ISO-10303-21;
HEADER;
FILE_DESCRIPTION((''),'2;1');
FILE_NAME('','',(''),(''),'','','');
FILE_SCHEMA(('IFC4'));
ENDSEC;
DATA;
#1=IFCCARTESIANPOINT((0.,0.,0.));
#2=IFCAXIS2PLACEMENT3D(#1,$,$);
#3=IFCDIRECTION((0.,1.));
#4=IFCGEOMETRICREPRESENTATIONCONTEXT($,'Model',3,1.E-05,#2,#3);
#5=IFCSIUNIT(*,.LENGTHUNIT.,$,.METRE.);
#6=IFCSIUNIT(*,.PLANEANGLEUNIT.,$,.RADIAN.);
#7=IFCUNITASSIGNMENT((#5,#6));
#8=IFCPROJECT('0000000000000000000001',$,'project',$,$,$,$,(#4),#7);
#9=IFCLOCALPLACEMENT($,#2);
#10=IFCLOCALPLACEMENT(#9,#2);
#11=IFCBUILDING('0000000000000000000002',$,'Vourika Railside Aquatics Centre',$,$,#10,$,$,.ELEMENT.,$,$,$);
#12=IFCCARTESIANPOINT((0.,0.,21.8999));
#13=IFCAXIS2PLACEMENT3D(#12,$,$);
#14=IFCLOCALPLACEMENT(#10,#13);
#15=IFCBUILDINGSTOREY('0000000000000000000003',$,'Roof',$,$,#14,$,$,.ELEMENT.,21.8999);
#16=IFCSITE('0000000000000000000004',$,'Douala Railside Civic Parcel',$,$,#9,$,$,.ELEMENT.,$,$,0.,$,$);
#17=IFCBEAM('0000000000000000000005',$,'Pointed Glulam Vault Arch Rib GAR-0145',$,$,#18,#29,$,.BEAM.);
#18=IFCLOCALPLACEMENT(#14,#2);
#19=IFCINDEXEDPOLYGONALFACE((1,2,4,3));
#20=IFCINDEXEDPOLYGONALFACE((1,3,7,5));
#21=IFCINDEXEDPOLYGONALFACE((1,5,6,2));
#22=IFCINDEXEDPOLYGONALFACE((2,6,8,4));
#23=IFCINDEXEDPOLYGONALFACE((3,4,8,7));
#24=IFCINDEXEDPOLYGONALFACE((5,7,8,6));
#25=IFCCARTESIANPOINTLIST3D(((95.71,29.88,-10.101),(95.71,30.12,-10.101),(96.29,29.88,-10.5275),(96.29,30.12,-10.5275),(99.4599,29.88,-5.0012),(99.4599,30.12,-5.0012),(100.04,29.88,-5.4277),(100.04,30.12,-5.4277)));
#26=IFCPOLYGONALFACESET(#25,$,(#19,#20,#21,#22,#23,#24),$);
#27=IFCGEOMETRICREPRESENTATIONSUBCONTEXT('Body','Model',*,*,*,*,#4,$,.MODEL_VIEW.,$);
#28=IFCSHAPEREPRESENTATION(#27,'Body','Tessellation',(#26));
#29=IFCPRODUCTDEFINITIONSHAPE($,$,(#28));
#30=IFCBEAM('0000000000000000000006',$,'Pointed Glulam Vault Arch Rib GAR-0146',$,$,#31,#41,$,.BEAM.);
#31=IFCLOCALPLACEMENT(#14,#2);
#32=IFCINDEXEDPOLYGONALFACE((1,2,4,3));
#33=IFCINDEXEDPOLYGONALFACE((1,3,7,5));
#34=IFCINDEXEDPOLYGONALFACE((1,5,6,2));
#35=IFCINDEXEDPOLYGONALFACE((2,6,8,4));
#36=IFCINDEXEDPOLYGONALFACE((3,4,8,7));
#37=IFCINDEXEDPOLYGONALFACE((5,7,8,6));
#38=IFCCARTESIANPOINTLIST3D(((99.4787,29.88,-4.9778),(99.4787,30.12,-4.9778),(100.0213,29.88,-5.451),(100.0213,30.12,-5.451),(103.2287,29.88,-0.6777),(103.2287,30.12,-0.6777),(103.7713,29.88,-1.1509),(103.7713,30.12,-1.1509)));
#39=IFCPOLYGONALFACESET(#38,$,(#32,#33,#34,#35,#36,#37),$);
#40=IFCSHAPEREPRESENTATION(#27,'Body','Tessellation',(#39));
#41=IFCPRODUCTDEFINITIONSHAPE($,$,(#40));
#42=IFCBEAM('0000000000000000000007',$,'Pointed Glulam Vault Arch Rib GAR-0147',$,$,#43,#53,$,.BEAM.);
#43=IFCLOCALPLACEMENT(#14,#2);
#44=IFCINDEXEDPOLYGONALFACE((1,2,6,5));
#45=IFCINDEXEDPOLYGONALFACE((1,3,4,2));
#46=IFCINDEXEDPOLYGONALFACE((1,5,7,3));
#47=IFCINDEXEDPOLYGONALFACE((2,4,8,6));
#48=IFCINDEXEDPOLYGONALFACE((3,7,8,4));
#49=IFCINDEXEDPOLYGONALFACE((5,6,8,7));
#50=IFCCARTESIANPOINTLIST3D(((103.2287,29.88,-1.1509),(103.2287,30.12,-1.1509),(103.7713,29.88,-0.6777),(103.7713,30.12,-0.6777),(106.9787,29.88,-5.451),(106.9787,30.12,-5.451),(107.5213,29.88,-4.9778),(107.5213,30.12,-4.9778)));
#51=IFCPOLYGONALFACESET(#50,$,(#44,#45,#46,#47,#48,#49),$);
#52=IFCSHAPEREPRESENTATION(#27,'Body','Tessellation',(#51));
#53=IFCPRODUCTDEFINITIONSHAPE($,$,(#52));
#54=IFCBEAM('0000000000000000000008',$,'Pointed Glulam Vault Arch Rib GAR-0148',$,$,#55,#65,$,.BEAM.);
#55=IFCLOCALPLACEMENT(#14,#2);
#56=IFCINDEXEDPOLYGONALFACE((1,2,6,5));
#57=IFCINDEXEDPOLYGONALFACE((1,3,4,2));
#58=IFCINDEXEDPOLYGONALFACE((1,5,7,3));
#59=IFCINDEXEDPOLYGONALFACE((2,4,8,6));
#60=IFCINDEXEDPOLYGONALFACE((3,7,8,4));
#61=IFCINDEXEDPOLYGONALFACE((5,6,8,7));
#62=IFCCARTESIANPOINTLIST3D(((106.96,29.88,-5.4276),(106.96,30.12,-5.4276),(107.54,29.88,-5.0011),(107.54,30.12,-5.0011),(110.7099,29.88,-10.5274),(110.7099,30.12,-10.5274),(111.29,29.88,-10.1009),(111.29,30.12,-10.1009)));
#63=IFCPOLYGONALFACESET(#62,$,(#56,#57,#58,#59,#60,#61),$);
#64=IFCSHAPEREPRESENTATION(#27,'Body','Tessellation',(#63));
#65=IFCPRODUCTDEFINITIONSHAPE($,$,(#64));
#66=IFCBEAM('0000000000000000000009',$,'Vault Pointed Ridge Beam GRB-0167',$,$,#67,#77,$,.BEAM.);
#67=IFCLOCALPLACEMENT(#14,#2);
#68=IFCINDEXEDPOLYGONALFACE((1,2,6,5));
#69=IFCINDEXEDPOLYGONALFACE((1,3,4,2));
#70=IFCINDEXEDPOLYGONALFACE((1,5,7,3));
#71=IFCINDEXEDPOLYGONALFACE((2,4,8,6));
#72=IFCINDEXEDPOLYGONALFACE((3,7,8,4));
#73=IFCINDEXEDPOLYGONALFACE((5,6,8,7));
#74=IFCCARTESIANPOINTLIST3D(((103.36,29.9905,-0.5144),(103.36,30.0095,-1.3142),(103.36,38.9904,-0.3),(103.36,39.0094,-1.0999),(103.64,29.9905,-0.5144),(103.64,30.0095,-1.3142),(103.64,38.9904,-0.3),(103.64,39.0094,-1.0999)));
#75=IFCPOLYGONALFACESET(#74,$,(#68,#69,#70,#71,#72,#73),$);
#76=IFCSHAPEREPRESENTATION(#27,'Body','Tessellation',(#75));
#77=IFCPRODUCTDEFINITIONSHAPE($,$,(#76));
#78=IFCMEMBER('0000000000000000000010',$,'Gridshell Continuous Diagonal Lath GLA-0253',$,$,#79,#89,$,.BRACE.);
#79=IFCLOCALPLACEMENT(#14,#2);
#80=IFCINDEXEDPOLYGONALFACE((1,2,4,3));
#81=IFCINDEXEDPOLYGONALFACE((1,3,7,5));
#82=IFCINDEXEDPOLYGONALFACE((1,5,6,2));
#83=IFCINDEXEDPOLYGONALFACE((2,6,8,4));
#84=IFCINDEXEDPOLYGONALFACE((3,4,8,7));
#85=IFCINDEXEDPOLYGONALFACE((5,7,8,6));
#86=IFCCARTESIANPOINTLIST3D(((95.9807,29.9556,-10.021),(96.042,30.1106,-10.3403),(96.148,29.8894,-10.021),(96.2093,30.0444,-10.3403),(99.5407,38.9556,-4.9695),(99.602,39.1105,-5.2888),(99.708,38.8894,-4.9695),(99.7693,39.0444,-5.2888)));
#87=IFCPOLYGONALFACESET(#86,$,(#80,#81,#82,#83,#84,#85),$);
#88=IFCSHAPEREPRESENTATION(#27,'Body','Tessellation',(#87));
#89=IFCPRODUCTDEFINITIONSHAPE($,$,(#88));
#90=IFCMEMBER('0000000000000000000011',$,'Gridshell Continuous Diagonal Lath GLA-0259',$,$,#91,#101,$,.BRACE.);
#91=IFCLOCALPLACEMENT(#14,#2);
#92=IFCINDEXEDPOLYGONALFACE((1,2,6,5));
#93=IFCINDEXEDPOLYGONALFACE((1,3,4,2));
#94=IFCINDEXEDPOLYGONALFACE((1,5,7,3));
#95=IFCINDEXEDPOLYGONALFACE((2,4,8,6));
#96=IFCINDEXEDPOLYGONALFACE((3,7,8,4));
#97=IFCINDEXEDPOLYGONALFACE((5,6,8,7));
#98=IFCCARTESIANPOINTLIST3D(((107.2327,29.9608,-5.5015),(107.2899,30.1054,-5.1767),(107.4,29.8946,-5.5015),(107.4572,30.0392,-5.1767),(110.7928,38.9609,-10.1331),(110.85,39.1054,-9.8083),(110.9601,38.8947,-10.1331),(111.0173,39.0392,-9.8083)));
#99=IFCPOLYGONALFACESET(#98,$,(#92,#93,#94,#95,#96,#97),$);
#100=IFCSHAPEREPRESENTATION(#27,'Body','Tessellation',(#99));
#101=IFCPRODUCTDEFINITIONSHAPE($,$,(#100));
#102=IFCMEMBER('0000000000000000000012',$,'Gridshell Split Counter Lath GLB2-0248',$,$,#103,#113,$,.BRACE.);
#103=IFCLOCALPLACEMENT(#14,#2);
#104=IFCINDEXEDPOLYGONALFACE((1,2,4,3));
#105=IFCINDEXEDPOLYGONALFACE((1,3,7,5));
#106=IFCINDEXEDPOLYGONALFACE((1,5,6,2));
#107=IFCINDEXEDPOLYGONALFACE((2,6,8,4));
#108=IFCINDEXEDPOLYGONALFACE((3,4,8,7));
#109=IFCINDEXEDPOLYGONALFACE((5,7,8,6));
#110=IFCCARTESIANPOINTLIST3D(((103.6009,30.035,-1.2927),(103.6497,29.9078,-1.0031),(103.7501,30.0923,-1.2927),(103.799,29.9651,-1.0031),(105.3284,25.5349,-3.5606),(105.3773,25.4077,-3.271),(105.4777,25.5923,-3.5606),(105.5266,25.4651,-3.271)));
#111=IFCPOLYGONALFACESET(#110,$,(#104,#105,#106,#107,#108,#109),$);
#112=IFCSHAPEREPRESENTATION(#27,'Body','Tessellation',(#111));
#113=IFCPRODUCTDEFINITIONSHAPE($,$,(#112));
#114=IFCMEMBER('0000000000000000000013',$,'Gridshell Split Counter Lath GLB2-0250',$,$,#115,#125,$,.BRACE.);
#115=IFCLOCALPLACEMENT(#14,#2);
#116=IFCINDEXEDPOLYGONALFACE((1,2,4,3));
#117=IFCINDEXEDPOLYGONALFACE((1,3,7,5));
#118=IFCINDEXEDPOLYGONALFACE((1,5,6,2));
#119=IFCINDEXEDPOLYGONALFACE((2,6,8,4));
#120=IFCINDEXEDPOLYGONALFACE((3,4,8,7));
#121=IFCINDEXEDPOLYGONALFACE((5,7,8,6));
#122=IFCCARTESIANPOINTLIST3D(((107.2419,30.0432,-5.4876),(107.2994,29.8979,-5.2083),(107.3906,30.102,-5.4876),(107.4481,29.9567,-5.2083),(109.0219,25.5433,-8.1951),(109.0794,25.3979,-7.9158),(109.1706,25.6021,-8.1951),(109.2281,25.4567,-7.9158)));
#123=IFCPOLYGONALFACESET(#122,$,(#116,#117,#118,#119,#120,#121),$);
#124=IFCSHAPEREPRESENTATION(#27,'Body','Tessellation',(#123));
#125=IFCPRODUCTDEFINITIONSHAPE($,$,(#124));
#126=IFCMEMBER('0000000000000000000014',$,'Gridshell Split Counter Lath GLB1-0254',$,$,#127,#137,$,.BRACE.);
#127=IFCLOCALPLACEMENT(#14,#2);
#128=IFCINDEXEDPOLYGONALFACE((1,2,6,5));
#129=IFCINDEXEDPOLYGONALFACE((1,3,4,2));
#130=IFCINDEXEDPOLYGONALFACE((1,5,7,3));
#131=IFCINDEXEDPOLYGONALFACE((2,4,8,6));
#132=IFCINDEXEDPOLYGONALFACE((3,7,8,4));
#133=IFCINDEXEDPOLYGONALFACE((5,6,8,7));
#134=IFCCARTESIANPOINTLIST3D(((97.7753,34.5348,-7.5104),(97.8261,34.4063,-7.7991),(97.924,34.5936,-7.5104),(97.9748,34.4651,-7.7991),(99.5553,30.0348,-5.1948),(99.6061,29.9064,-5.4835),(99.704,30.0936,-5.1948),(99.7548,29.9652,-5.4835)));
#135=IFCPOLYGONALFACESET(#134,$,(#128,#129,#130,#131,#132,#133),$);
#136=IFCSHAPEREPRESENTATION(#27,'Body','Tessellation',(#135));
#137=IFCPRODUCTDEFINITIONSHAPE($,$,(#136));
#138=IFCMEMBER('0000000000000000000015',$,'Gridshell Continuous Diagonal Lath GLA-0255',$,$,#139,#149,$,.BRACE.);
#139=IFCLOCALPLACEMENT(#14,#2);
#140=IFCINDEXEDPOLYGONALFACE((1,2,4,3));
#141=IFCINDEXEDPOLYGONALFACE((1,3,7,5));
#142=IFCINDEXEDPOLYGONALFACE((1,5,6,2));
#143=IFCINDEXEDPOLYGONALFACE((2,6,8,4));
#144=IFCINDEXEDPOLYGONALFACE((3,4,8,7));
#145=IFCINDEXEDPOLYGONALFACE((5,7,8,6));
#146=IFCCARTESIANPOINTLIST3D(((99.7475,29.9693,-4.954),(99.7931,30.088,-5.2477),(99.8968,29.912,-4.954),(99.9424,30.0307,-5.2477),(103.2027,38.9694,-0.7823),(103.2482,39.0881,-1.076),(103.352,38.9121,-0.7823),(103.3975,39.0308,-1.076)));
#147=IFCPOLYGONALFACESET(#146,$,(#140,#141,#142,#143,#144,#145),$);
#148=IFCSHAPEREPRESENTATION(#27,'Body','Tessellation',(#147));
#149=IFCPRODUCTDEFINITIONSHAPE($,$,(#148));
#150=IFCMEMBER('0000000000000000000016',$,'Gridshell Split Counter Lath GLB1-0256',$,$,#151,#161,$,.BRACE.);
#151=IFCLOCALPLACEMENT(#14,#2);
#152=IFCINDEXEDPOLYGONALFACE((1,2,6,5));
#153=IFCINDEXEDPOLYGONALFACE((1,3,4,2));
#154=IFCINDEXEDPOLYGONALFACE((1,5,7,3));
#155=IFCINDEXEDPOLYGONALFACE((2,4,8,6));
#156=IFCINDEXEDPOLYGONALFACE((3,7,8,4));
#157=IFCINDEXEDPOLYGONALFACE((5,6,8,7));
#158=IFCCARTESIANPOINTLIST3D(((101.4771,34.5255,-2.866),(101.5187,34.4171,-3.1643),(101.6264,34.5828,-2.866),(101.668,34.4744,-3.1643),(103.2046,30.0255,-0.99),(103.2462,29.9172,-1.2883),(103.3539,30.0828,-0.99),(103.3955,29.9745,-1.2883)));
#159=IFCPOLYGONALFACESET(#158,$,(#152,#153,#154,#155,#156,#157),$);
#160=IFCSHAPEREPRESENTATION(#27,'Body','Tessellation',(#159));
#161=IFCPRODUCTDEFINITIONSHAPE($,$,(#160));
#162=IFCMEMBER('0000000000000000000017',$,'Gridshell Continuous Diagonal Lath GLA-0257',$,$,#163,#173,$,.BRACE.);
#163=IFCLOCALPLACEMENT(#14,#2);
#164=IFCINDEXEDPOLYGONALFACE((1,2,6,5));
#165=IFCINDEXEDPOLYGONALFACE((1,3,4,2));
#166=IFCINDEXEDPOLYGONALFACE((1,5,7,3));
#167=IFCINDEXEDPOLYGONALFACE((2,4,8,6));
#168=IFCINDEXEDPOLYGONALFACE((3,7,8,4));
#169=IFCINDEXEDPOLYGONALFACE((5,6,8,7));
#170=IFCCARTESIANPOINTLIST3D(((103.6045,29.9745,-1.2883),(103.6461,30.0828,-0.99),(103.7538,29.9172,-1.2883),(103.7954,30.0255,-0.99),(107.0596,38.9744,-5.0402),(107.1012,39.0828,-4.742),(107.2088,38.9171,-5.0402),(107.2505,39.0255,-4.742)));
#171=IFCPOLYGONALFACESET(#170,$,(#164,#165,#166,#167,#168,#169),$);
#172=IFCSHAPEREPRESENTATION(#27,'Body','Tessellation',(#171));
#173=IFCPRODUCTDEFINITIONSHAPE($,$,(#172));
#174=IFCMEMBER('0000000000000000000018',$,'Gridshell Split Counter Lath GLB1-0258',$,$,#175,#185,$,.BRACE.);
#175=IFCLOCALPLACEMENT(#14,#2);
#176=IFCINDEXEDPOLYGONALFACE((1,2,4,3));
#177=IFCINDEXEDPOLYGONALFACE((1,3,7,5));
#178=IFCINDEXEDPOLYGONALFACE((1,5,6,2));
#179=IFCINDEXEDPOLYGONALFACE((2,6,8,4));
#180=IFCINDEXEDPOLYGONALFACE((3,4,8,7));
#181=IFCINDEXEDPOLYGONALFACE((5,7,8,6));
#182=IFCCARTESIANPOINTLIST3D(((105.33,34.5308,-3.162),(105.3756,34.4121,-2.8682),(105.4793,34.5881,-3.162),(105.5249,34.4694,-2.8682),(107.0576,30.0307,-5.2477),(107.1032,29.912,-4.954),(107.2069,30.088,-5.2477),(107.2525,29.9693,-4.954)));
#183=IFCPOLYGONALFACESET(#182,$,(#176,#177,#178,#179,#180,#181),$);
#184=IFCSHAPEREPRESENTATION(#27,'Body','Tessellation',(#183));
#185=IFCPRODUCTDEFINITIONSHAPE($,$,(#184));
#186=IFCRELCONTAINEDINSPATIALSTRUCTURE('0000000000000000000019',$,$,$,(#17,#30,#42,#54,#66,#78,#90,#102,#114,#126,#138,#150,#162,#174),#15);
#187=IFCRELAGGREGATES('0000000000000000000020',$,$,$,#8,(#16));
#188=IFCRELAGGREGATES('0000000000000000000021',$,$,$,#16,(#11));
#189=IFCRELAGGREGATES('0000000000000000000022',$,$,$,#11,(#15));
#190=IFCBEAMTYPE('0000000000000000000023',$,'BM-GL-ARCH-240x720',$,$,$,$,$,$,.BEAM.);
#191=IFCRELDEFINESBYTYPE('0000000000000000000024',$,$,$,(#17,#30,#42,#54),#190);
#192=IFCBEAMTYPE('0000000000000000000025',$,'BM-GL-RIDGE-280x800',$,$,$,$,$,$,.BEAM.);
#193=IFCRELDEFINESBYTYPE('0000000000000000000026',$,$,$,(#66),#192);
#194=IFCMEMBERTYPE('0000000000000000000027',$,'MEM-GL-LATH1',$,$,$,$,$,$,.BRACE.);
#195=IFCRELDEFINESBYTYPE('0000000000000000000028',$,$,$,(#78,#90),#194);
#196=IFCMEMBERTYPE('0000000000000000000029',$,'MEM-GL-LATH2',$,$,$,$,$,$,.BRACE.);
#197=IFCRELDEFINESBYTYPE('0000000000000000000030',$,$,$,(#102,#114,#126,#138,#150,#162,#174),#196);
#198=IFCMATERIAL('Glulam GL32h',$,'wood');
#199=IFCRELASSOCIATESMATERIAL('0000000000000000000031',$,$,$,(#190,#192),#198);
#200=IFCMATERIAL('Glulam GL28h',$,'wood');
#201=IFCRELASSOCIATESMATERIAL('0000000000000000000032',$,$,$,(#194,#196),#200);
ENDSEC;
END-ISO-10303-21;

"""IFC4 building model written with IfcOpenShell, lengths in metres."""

from ifc_helpers import new_model, si_unit, direction, frame, origin, origin_2d, place, context, subcontext, project, spatial, rectangle, extrude, material, material_profile, profile_set, type_object, element, save


model = new_model("IFC4")

# Units and contexts
model_context = context("Model", 3, precision=1e-05, world=origin(), true_north=direction((0.0, 1.0)))
body_context = subcontext(model_context, "Body", "Model", "MODEL_VIEW")
ifc_project = project(units=[si_unit("LENGTHUNIT", "METRE"), si_unit("PLANEANGLEUNIT", "RADIAN")], contexts=[model_context])

# Site, building, storey
site_placement = place(None, origin())
site = spatial("IfcSite", under=ifc_project, at=site_placement, Name="Douala Railside Civic Parcel", CompositionType="ELEMENT", RefElevation=0.0)
building_placement = place(site_placement, origin())
building = spatial("IfcBuilding", under=site, at=building_placement, Name="Vourika Railside Aquatics Centre", CompositionType="ELEMENT")
storey_placement = place(building_placement, frame((0.0, 0.0, 21.8999)))
storey = spatial("IfcBuildingStorey", under=building, at=storey_placement, Name="Roof", CompositionType="ELEMENT", Elevation=21.8999)

# Beams
ifc_material_1 = material(Name="Glulam GL32h", Category="wood")
ifc_material_profile_1 = material_profile(ifc_material_1, rectangle(XDim=0.24, YDim=0.72, at=origin_2d()), Name="GL32h 240x720")
ifc_profile_set_1 = profile_set([ifc_material_profile_1], Name="Glulam GL32h")
beam_type_1 = type_object("IfcBeamType", Name="BM-GL-ARCH-240x720", PredefinedType="BEAM", material=ifc_profile_set_1)
beam_1_placement = place(storey_placement, frame((96.0, 30.0, -10.3142), z_axis=(0.592401, 0.0, 0.805643), x_axis=(0.0, 1.0, 0.0)))
element("IfcBeam", 1, at=beam_1_placement, inside=storey, type_object=beam_type_1, Name="Pointed Glulam Vault Arch Rib GAR-0145", PredefinedType="BEAM", context=body_context, shape_type="SweptSolid", body=[
    extrude(rectangle(XDim=0.24, YDim=0.72, at=origin_2d()), origin(), (0.0, 0.0, 1.0), 6.3301),
])
for number, where, z_axis, x_axis, name in (
    (2, (99.75, 30.0, -5.2144), (0.657259, 0.0, 0.753665), (0.0, 1.0, 0.0), "Pointed Glulam Vault Arch Rib GAR-0146"),
    (3, (103.5, 30.0, -0.9143), (0.657259, 0.0, -0.753665), (0.0, 1.0, 0.0), "Pointed Glulam Vault Arch Rib GAR-0147"),
):
    element("IfcBeam", number, at=place(storey_placement, frame(where, z_axis=z_axis, x_axis=x_axis)), inside=storey, type_object=beam_type_1, Name=name, PredefinedType="BEAM", context=body_context, shape_type="SweptSolid", body=[
        extrude(rectangle(XDim=0.24, YDim=0.72, at=origin_2d()), origin(), (0.0, 0.0, 1.0), 5.7056),
    ])
beam_2_placement = place(storey_placement, frame((107.25, 30.0, -5.2144), z_axis=(0.592401, 0.0, -0.805643), x_axis=(0.0, 1.0, 0.0)))
element("IfcBeam", 4, at=beam_2_placement, inside=storey, type_object=beam_type_1, Name="Pointed Glulam Vault Arch Rib GAR-0148", PredefinedType="BEAM", context=body_context, shape_type="SweptSolid", body=[
    extrude(rectangle(XDim=0.24, YDim=0.72, at=origin_2d()), origin(), (0.0, 0.0, 1.0), 6.3301),
])
ifc_material_profile_2 = material_profile(ifc_material_1, rectangle(XDim=0.28, YDim=0.8, at=origin_2d()), Name="GL32h 280x800")
ifc_profile_set_2 = profile_set([ifc_material_profile_2], Name="Glulam GL32h")
beam_type_2 = type_object("IfcBeamType", Name="BM-GL-RIDGE-280x800", PredefinedType="BEAM", material=ifc_profile_set_2)
beam_3_placement = place(storey_placement, frame((103.5, 30.0, -0.9143), z_axis=(0.0, 0.999716, 0.023811), x_axis=(-1.0, 0.0, 0.0)))
element("IfcBeam", 5, at=beam_3_placement, inside=storey, type_object=beam_type_2, Name="Vault Pointed Ridge Beam GRB-0167", PredefinedType="BEAM", context=body_context, shape_type="SweptSolid", body=[
    extrude(rectangle(XDim=0.28, YDim=0.8, at=origin_2d()), origin(), (0.0, 0.0, 1.0), 9.0024),
])

# Members
ifc_material_2 = material(Name="Glulam GL28h", Category="wood")
ifc_material_profile_3 = material_profile(ifc_material_2, rectangle(XDim=0.1799, YDim=0.3601, at=origin_2d()), Name="GL28h 180x360")
ifc_profile_set_3 = profile_set([ifc_material_profile_3], Name="Glulam GL28h")
member_type_1 = type_object("IfcMemberType", Name="MEM-GL-LATH1", PredefinedType="BRACE", material=ifc_profile_set_3)
member_1_placement = place(storey_placement, frame((96.095, 30.0, -10.1807), z_axis=(0.326087, 0.824365, 0.462699), x_axis=(-0.929893, 0.36783, 0.0)))
element("IfcMember", 6, at=member_1_placement, inside=storey, type_object=member_type_1, Name="Gridshell Continuous Diagonal Lath GLA-0253", PredefinedType="BRACE", context=body_context, shape_type="SweptSolid", body=[
    extrude(rectangle(XDim=0.1799, YDim=0.3601, at=origin_2d()), origin(), (0.0, 0.0, 1.0), 10.9175),
])
member_2_placement = place(storey_placement, frame((107.345, 30.0, -5.3391), z_axis=(0.331796, 0.838796, -0.431662), x_axis=(-0.929893, 0.36783, 0.0)))
element("IfcMember", 7, at=member_2_placement, inside=storey, type_object=member_type_1, Name="Gridshell Continuous Diagonal Lath GLA-0259", PredefinedType="BRACE", context=body_context, shape_type="SweptSolid", body=[
    extrude(rectangle(XDim=0.1799, YDim=0.3601, at=origin_2d()), origin(), (0.0, 0.0, 1.0), 10.7297),
])
ifc_material_profile_4 = material_profile(ifc_material_2, rectangle(XDim=0.1599, YDim=0.3201, at=origin_2d()), Name="GL28h 160x320")
ifc_profile_set_4 = profile_set([ifc_material_profile_4], Name="Glulam GL28h")
member_type_2 = type_object("IfcMemberType", Name="MEM-GL-LATH2", PredefinedType="BRACE", material=ifc_profile_set_4)
member_3_placement = place(storey_placement, frame((105.4275, 25.5, -3.4158), z_axis=(-0.324296, 0.844746, 0.425719), x_axis=(-0.93357, -0.358395, 0.0)))
element("IfcMember", 8, at=member_3_placement, inside=storey, type_object=member_type_2, Name="Gridshell Split Counter Lath GLB2-0248", PredefinedType="BRACE", context=body_context, shape_type="SweptSolid", body=[
    extrude(rectangle(XDim=0.1599, YDim=0.3201, at=origin_2d()), origin(), (0.0, 0.0, 1.0), 5.3271),
])
member_4_placement = place(storey_placement, frame((109.125, 25.5, -8.0554), z_axis=(-0.321004, 0.811514, 0.488264), x_axis=(-0.929893, -0.36783, 0.0)))
element("IfcMember", 9, at=member_4_placement, inside=storey, type_object=member_type_2, Name="Gridshell Split Counter Lath GLB2-0250", PredefinedType="BRACE", context=body_context, shape_type="SweptSolid", body=[
    extrude(rectangle(XDim=0.1599, YDim=0.3201, at=origin_2d()), origin(), (0.0, 0.0, 1.0), 5.5452),
])
member_5_placement = place(storey_placement, frame((99.655, 30.0, -5.3391), z_axis=(-0.331799, 0.838804, -0.431644), x_axis=(-0.929893, -0.36783, 0.0)))
element("IfcMember", 10, at=member_5_placement, inside=storey, type_object=member_type_2, Name="Gridshell Split Counter Lath GLB1-0254", PredefinedType="BRACE", context=body_context, shape_type="SweptSolid", body=[
    extrude(rectangle(XDim=0.1599, YDim=0.3201, at=origin_2d()), origin(), (0.0, 0.0, 1.0), 5.3647),
])
member_6_placement = place(storey_placement, frame((99.845, 30.0, -5.1008), z_axis=(0.328921, 0.856793, 0.397136), x_axis=(-0.93357, 0.358395, 0.0)))
element("IfcMember", 11, at=member_6_placement, inside=storey, type_object=member_type_2, Name="Gridshell Continuous Diagonal Lath GLA-0255", PredefinedType="BRACE", context=body_context, shape_type="SweptSolid", body=[
    extrude(rectangle(XDim=0.1599, YDim=0.3201, at=origin_2d()), origin(), (0.0, 0.0, 1.0), 10.5044),
])
member_7_placement = place(storey_placement, frame((103.3, 30.0, -1.1392), z_axis=(-0.333992, 0.870003, -0.36269), x_axis=(-0.93357, -0.358395, 0.0)))
element("IfcMember", 12, at=member_7_placement, inside=storey, type_object=member_type_2, Name="Gridshell Split Counter Lath GLB1-0256", PredefinedType="BRACE", context=body_context, shape_type="SweptSolid", body=[
    extrude(rectangle(XDim=0.1599, YDim=0.3201, at=origin_2d()), origin(), (0.0, 0.0, 1.0), 5.1724),
])
member_8_placement = place(storey_placement, frame((103.7, 30.0, -1.1392), z_axis=(0.333992, 0.870003, -0.36269), x_axis=(-0.93357, 0.358395, 0.0)))
element("IfcMember", 13, at=member_8_placement, inside=storey, type_object=member_type_2, Name="Gridshell Continuous Diagonal Lath GLA-0257", PredefinedType="BRACE", context=body_context, shape_type="SweptSolid", body=[
    extrude(rectangle(XDim=0.1599, YDim=0.3201, at=origin_2d()), origin(), (0.0, 0.0, 1.0), 10.3447),
])
member_9_placement = place(storey_placement, frame((107.155, 30.0, -5.1008), z_axis=(-0.328924, 0.856801, 0.397116), x_axis=(-0.93357, -0.358395, 0.0)))
element("IfcMember", 14, at=member_9_placement, inside=storey, type_object=member_type_2, Name="Gridshell Split Counter Lath GLB1-0258", PredefinedType="BRACE", context=body_context, shape_type="SweptSolid", body=[
    extrude(rectangle(XDim=0.1599, YDim=0.3201, at=origin_2d()), origin(), (0.0, 0.0, 1.0), 5.2522),
])

save(model, "model.ifc")
